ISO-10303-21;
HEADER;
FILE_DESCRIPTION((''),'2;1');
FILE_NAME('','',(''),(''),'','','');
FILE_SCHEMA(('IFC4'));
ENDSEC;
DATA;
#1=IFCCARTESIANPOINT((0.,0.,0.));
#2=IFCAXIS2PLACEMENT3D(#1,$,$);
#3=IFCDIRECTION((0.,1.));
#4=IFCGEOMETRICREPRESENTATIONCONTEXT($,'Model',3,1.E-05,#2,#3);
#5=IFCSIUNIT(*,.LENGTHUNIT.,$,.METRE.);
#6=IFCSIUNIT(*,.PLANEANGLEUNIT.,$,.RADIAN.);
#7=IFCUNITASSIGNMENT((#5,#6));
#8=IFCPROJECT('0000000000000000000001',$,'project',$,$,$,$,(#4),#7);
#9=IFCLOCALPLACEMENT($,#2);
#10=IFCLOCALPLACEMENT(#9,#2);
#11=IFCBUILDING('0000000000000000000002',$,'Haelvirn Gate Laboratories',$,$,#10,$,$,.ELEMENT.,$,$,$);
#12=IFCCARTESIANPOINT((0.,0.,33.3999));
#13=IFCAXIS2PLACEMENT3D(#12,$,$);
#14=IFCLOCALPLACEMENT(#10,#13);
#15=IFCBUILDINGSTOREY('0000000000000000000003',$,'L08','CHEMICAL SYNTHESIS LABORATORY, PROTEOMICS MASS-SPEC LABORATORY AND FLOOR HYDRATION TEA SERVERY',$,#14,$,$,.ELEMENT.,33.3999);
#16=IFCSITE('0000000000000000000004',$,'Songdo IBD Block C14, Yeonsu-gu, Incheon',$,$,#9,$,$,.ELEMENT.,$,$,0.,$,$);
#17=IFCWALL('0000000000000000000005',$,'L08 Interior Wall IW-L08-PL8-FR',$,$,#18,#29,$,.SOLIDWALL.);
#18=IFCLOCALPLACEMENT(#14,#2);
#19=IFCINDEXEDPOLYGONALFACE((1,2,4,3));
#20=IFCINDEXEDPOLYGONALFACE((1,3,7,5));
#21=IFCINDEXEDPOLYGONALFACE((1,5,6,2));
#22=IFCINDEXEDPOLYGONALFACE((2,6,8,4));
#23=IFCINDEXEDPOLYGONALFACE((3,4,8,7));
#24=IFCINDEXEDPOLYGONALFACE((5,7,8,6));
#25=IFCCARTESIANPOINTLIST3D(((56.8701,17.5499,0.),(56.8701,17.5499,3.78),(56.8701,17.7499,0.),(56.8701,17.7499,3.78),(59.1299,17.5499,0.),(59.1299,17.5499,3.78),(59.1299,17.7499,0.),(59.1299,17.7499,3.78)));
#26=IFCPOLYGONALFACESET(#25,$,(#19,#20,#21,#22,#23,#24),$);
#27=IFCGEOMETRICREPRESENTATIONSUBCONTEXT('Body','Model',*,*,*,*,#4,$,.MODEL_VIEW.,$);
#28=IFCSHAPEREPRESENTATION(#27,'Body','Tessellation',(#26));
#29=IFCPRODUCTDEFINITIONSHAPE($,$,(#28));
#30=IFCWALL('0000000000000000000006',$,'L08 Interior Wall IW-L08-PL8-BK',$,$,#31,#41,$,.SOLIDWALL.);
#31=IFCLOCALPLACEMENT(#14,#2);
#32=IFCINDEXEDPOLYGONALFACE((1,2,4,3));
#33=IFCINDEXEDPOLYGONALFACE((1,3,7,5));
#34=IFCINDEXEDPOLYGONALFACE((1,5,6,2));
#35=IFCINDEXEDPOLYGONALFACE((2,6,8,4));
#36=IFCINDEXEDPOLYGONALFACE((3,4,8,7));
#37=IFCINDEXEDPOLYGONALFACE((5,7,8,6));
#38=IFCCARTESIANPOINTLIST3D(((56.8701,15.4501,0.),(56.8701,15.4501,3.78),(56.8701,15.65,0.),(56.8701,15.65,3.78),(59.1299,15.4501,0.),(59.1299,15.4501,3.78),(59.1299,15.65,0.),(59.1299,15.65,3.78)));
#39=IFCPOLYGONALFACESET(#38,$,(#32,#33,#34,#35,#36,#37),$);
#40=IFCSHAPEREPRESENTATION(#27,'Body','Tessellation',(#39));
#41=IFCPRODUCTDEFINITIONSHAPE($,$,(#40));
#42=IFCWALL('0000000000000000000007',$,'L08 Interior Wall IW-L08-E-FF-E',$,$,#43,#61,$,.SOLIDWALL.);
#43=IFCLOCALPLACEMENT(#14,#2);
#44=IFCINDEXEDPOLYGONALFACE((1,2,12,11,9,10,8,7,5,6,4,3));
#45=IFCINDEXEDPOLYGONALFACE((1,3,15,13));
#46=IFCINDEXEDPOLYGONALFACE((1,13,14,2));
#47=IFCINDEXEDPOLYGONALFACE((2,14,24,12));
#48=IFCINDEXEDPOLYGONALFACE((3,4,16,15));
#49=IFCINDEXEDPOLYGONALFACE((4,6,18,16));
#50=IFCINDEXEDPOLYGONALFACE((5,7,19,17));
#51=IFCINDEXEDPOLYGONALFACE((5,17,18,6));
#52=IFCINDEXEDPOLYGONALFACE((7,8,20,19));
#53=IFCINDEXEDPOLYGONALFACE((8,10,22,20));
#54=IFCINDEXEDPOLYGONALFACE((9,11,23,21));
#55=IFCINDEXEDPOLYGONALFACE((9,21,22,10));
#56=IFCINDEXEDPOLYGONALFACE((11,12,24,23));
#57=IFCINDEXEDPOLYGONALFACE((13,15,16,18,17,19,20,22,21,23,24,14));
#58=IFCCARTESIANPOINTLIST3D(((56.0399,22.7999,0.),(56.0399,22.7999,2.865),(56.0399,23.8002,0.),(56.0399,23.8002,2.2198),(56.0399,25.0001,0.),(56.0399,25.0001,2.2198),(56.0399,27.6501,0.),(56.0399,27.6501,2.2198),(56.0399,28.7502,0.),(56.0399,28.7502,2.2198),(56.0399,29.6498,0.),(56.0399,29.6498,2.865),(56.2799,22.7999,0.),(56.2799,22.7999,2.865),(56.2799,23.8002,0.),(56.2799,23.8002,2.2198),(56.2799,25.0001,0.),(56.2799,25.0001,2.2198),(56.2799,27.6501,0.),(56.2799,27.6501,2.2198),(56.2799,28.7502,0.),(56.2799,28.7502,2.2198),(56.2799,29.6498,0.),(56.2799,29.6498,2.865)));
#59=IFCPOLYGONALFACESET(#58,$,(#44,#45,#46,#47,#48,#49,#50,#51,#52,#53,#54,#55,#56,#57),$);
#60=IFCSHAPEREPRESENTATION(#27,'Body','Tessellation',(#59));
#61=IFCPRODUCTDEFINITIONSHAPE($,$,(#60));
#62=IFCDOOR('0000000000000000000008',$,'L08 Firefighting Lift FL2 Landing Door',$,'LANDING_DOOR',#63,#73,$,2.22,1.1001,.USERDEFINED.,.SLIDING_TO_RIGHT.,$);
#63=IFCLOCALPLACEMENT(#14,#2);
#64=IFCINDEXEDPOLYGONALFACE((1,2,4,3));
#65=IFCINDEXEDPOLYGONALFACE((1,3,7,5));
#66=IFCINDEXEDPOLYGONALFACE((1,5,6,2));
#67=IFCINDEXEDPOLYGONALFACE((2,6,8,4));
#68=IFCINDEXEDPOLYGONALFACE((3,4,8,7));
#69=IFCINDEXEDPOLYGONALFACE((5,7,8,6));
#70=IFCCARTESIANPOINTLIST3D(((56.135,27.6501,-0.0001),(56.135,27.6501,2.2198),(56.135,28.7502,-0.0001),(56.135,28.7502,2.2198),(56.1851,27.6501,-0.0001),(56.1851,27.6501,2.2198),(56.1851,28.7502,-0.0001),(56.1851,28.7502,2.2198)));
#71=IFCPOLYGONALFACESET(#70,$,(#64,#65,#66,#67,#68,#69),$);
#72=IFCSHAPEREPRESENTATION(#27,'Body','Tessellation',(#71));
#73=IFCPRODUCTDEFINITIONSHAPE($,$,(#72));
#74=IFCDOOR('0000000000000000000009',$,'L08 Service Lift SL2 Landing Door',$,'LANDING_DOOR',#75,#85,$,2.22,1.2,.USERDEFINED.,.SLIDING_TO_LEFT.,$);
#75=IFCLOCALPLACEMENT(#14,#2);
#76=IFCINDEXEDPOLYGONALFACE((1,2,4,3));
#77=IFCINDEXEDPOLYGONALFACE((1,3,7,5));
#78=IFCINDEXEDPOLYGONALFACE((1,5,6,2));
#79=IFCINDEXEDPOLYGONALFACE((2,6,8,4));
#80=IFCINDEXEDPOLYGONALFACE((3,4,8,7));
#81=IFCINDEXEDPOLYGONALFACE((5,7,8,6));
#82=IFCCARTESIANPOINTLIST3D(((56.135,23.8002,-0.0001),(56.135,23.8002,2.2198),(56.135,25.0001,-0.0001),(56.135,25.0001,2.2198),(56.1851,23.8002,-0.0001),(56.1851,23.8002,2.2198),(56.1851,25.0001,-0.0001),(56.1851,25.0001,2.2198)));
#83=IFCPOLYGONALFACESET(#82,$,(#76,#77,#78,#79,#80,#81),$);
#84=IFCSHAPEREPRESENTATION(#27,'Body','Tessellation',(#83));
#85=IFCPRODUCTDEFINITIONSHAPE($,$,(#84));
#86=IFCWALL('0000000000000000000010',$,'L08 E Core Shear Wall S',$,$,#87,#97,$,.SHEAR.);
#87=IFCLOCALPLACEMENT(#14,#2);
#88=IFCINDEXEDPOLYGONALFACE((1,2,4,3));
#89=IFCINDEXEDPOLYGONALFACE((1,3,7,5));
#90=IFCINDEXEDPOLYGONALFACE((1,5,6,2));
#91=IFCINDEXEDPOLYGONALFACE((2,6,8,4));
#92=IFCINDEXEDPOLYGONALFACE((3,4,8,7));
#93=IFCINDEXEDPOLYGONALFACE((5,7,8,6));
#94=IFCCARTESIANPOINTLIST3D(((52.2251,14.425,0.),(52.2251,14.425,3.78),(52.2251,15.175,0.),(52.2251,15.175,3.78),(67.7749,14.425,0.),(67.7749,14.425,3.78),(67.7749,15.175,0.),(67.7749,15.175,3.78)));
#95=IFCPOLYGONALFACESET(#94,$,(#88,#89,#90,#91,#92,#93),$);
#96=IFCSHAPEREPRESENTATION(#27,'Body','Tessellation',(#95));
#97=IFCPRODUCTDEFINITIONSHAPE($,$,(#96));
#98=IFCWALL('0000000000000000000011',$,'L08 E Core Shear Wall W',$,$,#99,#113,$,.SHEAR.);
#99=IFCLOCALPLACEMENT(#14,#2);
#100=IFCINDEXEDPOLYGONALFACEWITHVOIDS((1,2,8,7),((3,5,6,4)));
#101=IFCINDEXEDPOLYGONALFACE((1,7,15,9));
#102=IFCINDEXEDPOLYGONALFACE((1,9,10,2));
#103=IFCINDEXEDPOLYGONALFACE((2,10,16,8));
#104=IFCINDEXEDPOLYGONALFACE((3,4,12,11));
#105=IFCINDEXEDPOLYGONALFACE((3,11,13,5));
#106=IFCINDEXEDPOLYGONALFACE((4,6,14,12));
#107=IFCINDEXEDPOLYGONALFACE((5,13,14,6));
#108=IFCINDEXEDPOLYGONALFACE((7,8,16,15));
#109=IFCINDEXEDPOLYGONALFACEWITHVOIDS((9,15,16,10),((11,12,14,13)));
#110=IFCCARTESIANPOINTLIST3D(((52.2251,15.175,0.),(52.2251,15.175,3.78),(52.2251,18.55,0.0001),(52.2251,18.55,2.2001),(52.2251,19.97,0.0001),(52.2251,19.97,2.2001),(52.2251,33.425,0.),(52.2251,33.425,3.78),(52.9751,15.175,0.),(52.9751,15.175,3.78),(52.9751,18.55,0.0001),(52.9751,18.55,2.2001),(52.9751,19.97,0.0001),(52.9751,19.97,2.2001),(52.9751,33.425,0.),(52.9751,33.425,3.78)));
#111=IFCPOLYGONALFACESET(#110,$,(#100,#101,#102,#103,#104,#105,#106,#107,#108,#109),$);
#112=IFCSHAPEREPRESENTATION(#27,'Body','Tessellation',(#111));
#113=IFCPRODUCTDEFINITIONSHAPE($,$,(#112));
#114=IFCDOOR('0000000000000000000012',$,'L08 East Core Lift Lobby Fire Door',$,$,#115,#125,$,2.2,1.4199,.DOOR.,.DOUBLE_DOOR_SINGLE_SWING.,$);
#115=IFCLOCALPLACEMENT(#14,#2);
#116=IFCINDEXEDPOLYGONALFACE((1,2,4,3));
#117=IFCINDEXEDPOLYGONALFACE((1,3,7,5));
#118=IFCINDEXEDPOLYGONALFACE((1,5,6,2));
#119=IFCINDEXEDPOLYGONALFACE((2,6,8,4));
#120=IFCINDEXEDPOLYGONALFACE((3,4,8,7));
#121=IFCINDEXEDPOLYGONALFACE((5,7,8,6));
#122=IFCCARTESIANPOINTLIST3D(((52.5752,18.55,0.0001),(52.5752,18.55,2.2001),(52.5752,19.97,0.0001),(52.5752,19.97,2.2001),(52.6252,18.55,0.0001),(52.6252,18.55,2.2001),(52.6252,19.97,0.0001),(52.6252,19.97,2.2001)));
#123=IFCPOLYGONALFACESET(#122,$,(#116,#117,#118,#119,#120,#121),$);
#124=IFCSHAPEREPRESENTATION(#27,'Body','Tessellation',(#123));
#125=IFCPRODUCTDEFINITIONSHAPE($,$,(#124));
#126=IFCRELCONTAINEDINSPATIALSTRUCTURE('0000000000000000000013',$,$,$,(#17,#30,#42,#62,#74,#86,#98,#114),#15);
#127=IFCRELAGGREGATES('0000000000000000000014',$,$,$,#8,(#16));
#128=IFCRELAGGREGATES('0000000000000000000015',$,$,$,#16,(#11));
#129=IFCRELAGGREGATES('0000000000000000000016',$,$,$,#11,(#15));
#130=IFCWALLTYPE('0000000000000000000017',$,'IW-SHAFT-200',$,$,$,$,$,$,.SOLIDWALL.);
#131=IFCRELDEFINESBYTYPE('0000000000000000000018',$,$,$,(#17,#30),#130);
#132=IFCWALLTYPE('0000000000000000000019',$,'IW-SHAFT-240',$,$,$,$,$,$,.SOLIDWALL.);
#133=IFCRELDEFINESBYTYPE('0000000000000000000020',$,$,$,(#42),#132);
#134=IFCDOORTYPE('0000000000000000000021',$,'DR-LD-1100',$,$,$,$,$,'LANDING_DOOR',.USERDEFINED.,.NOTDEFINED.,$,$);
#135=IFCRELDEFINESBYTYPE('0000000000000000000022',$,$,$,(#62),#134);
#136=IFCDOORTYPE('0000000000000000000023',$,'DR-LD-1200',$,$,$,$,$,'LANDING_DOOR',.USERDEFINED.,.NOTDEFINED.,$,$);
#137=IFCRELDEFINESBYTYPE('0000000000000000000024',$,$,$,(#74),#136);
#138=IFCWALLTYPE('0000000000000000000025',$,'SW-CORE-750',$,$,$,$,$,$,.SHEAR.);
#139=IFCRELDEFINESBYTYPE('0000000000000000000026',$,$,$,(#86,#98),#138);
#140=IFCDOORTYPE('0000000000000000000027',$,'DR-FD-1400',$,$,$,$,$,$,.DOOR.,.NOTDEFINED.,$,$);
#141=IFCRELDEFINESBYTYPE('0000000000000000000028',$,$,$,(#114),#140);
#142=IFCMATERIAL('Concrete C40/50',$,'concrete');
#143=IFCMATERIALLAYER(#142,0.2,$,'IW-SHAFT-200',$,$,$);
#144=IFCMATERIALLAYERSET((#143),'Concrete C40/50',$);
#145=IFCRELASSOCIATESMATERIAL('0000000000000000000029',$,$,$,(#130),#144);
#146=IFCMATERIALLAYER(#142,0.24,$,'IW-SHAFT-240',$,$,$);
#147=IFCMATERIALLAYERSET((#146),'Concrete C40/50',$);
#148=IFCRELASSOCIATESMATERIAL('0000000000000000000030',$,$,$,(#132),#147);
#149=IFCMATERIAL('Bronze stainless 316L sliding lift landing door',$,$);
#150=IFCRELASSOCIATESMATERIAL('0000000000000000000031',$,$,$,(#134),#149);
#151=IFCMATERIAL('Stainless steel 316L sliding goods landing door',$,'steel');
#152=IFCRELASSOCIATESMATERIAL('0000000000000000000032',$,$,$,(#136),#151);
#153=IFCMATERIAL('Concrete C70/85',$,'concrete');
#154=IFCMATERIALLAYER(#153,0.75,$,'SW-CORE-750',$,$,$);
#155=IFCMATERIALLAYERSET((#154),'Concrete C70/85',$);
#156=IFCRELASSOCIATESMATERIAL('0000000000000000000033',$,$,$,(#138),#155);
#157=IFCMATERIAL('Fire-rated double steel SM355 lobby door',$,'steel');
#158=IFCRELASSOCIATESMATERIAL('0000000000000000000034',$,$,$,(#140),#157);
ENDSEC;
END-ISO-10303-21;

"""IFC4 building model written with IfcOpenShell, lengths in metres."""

from ifc_helpers import new_model, si_unit, direction, frame, frame_2d, origin, place, context, subcontext, project, spatial, rectangle, extrude, source, transform, mapped, material, layer, layer_set, type_object, type_shapes, element, fill, save


model = new_model("IFC4")

# Units and contexts
model_context = context("Model", 3, precision=1e-05, world=origin(), true_north=direction((0.0, 1.0)))
body_context = subcontext(model_context, "Body", "Model", "MODEL_VIEW")
ifc_project = project(units=[si_unit("LENGTHUNIT", "METRE"), si_unit("PLANEANGLEUNIT", "RADIAN")], contexts=[model_context])

# Site, building, storey
site_placement = place(None, origin())
site = spatial("IfcSite", under=ifc_project, at=site_placement, Name="Songdo IBD Block C14, Yeonsu-gu, Incheon", CompositionType="ELEMENT", RefElevation=0.0)
building_placement = place(site_placement, origin())
building = spatial("IfcBuilding", under=site, at=building_placement, Name="Haelvirn Gate Laboratories", CompositionType="ELEMENT")
storey_placement = place(building_placement, frame((0.0, 0.0, 33.3999)))
storey = spatial("IfcBuildingStorey", under=building, at=storey_placement, Name="L08", Description="CHEMICAL SYNTHESIS LABORATORY, PROTEOMICS MASS-SPEC LABORATORY AND FLOOR HYDRATION TEA SERVERY", CompositionType="ELEMENT", Elevation=33.3999)

# Shared definitions
ifc_material_1 = material(Name="Concrete C70/85", Category="concrete")

# Walls
ifc_material_2 = material(Name="Concrete C40/50", Category="concrete")
ifc_layer_1 = layer(ifc_material_2, 0.2, Name="IW-SHAFT-200")
ifc_layer_set_1 = layer_set([ifc_layer_1], Name="Concrete C40/50")
wall_type_1 = type_object("IfcWallType", Name="IW-SHAFT-200", PredefinedType="SOLIDWALL", material=ifc_layer_set_1)
for number, where, z_axis, x_axis, name in (
    (1, (56.8701, 17.6499, 0.0), (0.0, 0.0, 1.0), (1.0, 0.0, 0.0), "L08 Interior Wall IW-L08-PL8-FR"),
    (2, (56.8701, 15.55, 0.0), (0.0, 0.0, 1.0), (1.0, 0.0, 0.0), "L08 Interior Wall IW-L08-PL8-BK"),
):
    element("IfcWall", number, at=place(storey_placement, frame(where, z_axis=z_axis, x_axis=x_axis)), inside=storey, type_object=wall_type_1, Name=name, PredefinedType="SOLIDWALL", context=body_context, shape_type="SweptSolid", body=[
        extrude(rectangle(XDim=2.2598, YDim=0.2, at=frame_2d((1.1299, 0.0))), origin(), (0.0, 0.0, 1.0), 3.78),
    ])

# Wall, openings, doors
ifc_layer_2 = layer(ifc_material_2, 0.24, Name="IW-SHAFT-240")
ifc_layer_set_2 = layer_set([ifc_layer_2], Name="Concrete C40/50")
wall_type_2 = type_object("IfcWallType", Name="IW-SHAFT-240", PredefinedType="SOLIDWALL", material=ifc_layer_set_2)
wall_1_placement = place(storey_placement, frame((56.1599, 22.8, 0.0), z_axis=(0.0, 0.0, 1.0), x_axis=(0.0, 1.0, 0.0)))
wall_1 = element("IfcWall", 3, at=wall_1_placement, inside=storey, type_object=wall_type_2, Name="L08 Interior Wall IW-L08-E-FF-E", PredefinedType="SOLIDWALL", context=body_context, shape_type="SweptSolid", body=[
    extrude(rectangle(XDim=6.8499, YDim=0.24, at=frame_2d((3.4248, 0.0))), origin(), (0.0, 0.0, 1.0), 2.865),
])
opening_1_placement = place(wall_1_placement, frame((4.8501, 0.0, 0.0)))
opening_1 = element("IfcOpeningElement", 4, at=opening_1_placement, cuts=wall_1, PredefinedType="OPENING", context=body_context, shape_type="SweptSolid", body=[
    extrude(rectangle(XDim=1.1001, YDim=2.22, at=frame_2d((0.55, 1.1099))), frame((0.0, 0.1299, 0.0), z_axis=(0.0, -1.0, 0.0), x_axis=(1.0, 0.0, 0.0)), (0.0, 0.0, 1.0), 0.26),
])
opening_2_placement = place(wall_1_placement, frame((1.0, 0.0, 0.0)))
opening_2 = element("IfcOpeningElement", 5, at=opening_2_placement, cuts=wall_1, PredefinedType="OPENING", context=body_context, shape_type="SweptSolid", body=[
    extrude(rectangle(XDim=1.2, YDim=2.22, at=frame_2d((0.6001, 1.1099))), frame((0.0, 0.1299, 0.0), z_axis=(0.0, -1.0, 0.0), x_axis=(1.0, 0.0, 0.0)), (0.0, 0.0, 1.0), 0.26),
])
ifc_material_3 = material(Name="Bronze stainless 316L sliding lift landing door")
door_type_1 = type_object("IfcDoorType", Name="DR-LD-1100", ElementType="LANDING_DOOR", OperationType="NOTDEFINED", PredefinedType="USERDEFINED", material=ifc_material_3)
shared_shape_1 = source(origin(), body_context, "Body", "SweptSolid", [
    extrude(rectangle(XDim=1.1001, YDim=2.22, at=frame_2d((0.55, 1.1099))), frame((0.0, 0.0249, 0.0), z_axis=(0.0, -1.0, 0.0), x_axis=(1.0, 0.0, 0.0)), (0.0, 0.0, 1.0), 0.05),
])
type_shapes(door_type_1, [shared_shape_1])
door_1_placement = place(opening_1_placement, origin())
door_1 = element("IfcDoor", 6, at=door_1_placement, inside=storey, type_object=door_type_1, Name="L08 Firefighting Lift FL2 Landing Door", ObjectType="LANDING_DOOR", OperationType="SLIDING_TO_RIGHT", OverallHeight=2.22, OverallWidth=1.1001, PredefinedType="USERDEFINED", context=body_context, shape_type="MappedRepresentation", body=[
    mapped(shared_shape_1, transform((0.0, 0.0, 0.0), scale=1.0)),
])
fill(opening_1, door_1)
ifc_material_4 = material(Name="Stainless steel 316L sliding goods landing door", Category="steel")
door_type_2 = type_object("IfcDoorType", Name="DR-LD-1200", ElementType="LANDING_DOOR", OperationType="NOTDEFINED", PredefinedType="USERDEFINED", material=ifc_material_4)
shared_shape_2 = source(origin(), body_context, "Body", "SweptSolid", [
    extrude(rectangle(XDim=1.2, YDim=2.22, at=frame_2d((0.6001, 1.1099))), frame((0.0, 0.0249, 0.0), z_axis=(0.0, -1.0, 0.0), x_axis=(1.0, 0.0, 0.0)), (0.0, 0.0, 1.0), 0.05),
])
type_shapes(door_type_2, [shared_shape_2])
door_2_placement = place(opening_2_placement, origin())
door_2 = element("IfcDoor", 7, at=door_2_placement, inside=storey, type_object=door_type_2, Name="L08 Service Lift SL2 Landing Door", ObjectType="LANDING_DOOR", OperationType="SLIDING_TO_LEFT", OverallHeight=2.22, OverallWidth=1.2, PredefinedType="USERDEFINED", context=body_context, shape_type="MappedRepresentation", body=[
    mapped(shared_shape_2, transform((0.0, 0.0, 0.0), scale=1.0)),
])
fill(opening_2, door_2)

# Wall
ifc_layer_3 = layer(ifc_material_1, 0.75, Name="SW-CORE-750")
ifc_layer_set_3 = layer_set([ifc_layer_3], Name="Concrete C70/85")
wall_type_3 = type_object("IfcWallType", Name="SW-CORE-750", PredefinedType="SHEAR", material=ifc_layer_set_3)
wall_2_placement = place(storey_placement, frame((52.2251, 14.8, 0.0), z_axis=(0.0, 0.0, 1.0), x_axis=(1.0, 0.0, 0.0)))
element("IfcWall", 8, at=wall_2_placement, inside=storey, type_object=wall_type_3, Name="L08 E Core Shear Wall S", PredefinedType="SHEAR", context=body_context, shape_type="SweptSolid", body=[
    extrude(rectangle(XDim=15.5498, YDim=0.75, at=frame_2d((7.7749, 0.0))), origin(), (0.0, 0.0, 1.0), 3.78),
])

# Wall, opening, door
wall_3_placement = place(storey_placement, frame((52.6001, 15.175, 0.0), z_axis=(0.0, 0.0, 1.0), x_axis=(0.0, 1.0, 0.0)))
wall_3 = element("IfcWall", 9, at=wall_3_placement, inside=storey, type_object=wall_type_3, Name="L08 E Core Shear Wall W", PredefinedType="SHEAR", context=body_context, shape_type="SweptSolid", body=[
    extrude(rectangle(XDim=18.25, YDim=0.75, at=frame_2d((9.125, 0.0))), origin(), (0.0, 0.0, 1.0), 3.78),
])
opening_3_placement = place(wall_3_placement, frame((3.375, 0.0, 0.0)))
opening_3 = element("IfcOpeningElement", 10, at=opening_3_placement, cuts=wall_3, PredefinedType="OPENING", context=body_context, shape_type="SweptSolid", body=[
    extrude(rectangle(XDim=1.4199, YDim=2.2, at=frame_2d((0.71, 1.1001))), frame((0.0, 0.385, 0.0), z_axis=(0.0, -1.0, 0.0), x_axis=(1.0, 0.0, 0.0)), (0.0, 0.0, 1.0), 0.77),
])
ifc_material_5 = material(Name="Fire-rated double steel SM355 lobby door", Category="steel")
door_type_3 = type_object("IfcDoorType", Name="DR-FD-1400", OperationType="NOTDEFINED", PredefinedType="DOOR", material=ifc_material_5)
shared_shape_3 = source(origin(), body_context, "Body", "SweptSolid", [
    extrude(rectangle(XDim=1.4199, YDim=2.2, at=frame_2d((0.71, 1.1001))), frame((0.0, 0.0249, 0.0), z_axis=(0.0, -1.0, 0.0), x_axis=(1.0, 0.0, 0.0)), (0.0, 0.0, 1.0), 0.05),
])
type_shapes(door_type_3, [shared_shape_3])
door_3_placement = place(opening_3_placement, origin())
door_3 = element("IfcDoor", 11, at=door_3_placement, inside=storey, type_object=door_type_3, Name="L08 East Core Lift Lobby Fire Door", OperationType="DOUBLE_DOOR_SINGLE_SWING", OverallHeight=2.2, OverallWidth=1.4199, PredefinedType="DOOR", context=body_context, shape_type="MappedRepresentation", body=[
    mapped(shared_shape_3, transform((0.0, 0.0, 0.0), scale=1.0)),
])
fill(opening_3, door_3)

save(model, "model.ifc")
